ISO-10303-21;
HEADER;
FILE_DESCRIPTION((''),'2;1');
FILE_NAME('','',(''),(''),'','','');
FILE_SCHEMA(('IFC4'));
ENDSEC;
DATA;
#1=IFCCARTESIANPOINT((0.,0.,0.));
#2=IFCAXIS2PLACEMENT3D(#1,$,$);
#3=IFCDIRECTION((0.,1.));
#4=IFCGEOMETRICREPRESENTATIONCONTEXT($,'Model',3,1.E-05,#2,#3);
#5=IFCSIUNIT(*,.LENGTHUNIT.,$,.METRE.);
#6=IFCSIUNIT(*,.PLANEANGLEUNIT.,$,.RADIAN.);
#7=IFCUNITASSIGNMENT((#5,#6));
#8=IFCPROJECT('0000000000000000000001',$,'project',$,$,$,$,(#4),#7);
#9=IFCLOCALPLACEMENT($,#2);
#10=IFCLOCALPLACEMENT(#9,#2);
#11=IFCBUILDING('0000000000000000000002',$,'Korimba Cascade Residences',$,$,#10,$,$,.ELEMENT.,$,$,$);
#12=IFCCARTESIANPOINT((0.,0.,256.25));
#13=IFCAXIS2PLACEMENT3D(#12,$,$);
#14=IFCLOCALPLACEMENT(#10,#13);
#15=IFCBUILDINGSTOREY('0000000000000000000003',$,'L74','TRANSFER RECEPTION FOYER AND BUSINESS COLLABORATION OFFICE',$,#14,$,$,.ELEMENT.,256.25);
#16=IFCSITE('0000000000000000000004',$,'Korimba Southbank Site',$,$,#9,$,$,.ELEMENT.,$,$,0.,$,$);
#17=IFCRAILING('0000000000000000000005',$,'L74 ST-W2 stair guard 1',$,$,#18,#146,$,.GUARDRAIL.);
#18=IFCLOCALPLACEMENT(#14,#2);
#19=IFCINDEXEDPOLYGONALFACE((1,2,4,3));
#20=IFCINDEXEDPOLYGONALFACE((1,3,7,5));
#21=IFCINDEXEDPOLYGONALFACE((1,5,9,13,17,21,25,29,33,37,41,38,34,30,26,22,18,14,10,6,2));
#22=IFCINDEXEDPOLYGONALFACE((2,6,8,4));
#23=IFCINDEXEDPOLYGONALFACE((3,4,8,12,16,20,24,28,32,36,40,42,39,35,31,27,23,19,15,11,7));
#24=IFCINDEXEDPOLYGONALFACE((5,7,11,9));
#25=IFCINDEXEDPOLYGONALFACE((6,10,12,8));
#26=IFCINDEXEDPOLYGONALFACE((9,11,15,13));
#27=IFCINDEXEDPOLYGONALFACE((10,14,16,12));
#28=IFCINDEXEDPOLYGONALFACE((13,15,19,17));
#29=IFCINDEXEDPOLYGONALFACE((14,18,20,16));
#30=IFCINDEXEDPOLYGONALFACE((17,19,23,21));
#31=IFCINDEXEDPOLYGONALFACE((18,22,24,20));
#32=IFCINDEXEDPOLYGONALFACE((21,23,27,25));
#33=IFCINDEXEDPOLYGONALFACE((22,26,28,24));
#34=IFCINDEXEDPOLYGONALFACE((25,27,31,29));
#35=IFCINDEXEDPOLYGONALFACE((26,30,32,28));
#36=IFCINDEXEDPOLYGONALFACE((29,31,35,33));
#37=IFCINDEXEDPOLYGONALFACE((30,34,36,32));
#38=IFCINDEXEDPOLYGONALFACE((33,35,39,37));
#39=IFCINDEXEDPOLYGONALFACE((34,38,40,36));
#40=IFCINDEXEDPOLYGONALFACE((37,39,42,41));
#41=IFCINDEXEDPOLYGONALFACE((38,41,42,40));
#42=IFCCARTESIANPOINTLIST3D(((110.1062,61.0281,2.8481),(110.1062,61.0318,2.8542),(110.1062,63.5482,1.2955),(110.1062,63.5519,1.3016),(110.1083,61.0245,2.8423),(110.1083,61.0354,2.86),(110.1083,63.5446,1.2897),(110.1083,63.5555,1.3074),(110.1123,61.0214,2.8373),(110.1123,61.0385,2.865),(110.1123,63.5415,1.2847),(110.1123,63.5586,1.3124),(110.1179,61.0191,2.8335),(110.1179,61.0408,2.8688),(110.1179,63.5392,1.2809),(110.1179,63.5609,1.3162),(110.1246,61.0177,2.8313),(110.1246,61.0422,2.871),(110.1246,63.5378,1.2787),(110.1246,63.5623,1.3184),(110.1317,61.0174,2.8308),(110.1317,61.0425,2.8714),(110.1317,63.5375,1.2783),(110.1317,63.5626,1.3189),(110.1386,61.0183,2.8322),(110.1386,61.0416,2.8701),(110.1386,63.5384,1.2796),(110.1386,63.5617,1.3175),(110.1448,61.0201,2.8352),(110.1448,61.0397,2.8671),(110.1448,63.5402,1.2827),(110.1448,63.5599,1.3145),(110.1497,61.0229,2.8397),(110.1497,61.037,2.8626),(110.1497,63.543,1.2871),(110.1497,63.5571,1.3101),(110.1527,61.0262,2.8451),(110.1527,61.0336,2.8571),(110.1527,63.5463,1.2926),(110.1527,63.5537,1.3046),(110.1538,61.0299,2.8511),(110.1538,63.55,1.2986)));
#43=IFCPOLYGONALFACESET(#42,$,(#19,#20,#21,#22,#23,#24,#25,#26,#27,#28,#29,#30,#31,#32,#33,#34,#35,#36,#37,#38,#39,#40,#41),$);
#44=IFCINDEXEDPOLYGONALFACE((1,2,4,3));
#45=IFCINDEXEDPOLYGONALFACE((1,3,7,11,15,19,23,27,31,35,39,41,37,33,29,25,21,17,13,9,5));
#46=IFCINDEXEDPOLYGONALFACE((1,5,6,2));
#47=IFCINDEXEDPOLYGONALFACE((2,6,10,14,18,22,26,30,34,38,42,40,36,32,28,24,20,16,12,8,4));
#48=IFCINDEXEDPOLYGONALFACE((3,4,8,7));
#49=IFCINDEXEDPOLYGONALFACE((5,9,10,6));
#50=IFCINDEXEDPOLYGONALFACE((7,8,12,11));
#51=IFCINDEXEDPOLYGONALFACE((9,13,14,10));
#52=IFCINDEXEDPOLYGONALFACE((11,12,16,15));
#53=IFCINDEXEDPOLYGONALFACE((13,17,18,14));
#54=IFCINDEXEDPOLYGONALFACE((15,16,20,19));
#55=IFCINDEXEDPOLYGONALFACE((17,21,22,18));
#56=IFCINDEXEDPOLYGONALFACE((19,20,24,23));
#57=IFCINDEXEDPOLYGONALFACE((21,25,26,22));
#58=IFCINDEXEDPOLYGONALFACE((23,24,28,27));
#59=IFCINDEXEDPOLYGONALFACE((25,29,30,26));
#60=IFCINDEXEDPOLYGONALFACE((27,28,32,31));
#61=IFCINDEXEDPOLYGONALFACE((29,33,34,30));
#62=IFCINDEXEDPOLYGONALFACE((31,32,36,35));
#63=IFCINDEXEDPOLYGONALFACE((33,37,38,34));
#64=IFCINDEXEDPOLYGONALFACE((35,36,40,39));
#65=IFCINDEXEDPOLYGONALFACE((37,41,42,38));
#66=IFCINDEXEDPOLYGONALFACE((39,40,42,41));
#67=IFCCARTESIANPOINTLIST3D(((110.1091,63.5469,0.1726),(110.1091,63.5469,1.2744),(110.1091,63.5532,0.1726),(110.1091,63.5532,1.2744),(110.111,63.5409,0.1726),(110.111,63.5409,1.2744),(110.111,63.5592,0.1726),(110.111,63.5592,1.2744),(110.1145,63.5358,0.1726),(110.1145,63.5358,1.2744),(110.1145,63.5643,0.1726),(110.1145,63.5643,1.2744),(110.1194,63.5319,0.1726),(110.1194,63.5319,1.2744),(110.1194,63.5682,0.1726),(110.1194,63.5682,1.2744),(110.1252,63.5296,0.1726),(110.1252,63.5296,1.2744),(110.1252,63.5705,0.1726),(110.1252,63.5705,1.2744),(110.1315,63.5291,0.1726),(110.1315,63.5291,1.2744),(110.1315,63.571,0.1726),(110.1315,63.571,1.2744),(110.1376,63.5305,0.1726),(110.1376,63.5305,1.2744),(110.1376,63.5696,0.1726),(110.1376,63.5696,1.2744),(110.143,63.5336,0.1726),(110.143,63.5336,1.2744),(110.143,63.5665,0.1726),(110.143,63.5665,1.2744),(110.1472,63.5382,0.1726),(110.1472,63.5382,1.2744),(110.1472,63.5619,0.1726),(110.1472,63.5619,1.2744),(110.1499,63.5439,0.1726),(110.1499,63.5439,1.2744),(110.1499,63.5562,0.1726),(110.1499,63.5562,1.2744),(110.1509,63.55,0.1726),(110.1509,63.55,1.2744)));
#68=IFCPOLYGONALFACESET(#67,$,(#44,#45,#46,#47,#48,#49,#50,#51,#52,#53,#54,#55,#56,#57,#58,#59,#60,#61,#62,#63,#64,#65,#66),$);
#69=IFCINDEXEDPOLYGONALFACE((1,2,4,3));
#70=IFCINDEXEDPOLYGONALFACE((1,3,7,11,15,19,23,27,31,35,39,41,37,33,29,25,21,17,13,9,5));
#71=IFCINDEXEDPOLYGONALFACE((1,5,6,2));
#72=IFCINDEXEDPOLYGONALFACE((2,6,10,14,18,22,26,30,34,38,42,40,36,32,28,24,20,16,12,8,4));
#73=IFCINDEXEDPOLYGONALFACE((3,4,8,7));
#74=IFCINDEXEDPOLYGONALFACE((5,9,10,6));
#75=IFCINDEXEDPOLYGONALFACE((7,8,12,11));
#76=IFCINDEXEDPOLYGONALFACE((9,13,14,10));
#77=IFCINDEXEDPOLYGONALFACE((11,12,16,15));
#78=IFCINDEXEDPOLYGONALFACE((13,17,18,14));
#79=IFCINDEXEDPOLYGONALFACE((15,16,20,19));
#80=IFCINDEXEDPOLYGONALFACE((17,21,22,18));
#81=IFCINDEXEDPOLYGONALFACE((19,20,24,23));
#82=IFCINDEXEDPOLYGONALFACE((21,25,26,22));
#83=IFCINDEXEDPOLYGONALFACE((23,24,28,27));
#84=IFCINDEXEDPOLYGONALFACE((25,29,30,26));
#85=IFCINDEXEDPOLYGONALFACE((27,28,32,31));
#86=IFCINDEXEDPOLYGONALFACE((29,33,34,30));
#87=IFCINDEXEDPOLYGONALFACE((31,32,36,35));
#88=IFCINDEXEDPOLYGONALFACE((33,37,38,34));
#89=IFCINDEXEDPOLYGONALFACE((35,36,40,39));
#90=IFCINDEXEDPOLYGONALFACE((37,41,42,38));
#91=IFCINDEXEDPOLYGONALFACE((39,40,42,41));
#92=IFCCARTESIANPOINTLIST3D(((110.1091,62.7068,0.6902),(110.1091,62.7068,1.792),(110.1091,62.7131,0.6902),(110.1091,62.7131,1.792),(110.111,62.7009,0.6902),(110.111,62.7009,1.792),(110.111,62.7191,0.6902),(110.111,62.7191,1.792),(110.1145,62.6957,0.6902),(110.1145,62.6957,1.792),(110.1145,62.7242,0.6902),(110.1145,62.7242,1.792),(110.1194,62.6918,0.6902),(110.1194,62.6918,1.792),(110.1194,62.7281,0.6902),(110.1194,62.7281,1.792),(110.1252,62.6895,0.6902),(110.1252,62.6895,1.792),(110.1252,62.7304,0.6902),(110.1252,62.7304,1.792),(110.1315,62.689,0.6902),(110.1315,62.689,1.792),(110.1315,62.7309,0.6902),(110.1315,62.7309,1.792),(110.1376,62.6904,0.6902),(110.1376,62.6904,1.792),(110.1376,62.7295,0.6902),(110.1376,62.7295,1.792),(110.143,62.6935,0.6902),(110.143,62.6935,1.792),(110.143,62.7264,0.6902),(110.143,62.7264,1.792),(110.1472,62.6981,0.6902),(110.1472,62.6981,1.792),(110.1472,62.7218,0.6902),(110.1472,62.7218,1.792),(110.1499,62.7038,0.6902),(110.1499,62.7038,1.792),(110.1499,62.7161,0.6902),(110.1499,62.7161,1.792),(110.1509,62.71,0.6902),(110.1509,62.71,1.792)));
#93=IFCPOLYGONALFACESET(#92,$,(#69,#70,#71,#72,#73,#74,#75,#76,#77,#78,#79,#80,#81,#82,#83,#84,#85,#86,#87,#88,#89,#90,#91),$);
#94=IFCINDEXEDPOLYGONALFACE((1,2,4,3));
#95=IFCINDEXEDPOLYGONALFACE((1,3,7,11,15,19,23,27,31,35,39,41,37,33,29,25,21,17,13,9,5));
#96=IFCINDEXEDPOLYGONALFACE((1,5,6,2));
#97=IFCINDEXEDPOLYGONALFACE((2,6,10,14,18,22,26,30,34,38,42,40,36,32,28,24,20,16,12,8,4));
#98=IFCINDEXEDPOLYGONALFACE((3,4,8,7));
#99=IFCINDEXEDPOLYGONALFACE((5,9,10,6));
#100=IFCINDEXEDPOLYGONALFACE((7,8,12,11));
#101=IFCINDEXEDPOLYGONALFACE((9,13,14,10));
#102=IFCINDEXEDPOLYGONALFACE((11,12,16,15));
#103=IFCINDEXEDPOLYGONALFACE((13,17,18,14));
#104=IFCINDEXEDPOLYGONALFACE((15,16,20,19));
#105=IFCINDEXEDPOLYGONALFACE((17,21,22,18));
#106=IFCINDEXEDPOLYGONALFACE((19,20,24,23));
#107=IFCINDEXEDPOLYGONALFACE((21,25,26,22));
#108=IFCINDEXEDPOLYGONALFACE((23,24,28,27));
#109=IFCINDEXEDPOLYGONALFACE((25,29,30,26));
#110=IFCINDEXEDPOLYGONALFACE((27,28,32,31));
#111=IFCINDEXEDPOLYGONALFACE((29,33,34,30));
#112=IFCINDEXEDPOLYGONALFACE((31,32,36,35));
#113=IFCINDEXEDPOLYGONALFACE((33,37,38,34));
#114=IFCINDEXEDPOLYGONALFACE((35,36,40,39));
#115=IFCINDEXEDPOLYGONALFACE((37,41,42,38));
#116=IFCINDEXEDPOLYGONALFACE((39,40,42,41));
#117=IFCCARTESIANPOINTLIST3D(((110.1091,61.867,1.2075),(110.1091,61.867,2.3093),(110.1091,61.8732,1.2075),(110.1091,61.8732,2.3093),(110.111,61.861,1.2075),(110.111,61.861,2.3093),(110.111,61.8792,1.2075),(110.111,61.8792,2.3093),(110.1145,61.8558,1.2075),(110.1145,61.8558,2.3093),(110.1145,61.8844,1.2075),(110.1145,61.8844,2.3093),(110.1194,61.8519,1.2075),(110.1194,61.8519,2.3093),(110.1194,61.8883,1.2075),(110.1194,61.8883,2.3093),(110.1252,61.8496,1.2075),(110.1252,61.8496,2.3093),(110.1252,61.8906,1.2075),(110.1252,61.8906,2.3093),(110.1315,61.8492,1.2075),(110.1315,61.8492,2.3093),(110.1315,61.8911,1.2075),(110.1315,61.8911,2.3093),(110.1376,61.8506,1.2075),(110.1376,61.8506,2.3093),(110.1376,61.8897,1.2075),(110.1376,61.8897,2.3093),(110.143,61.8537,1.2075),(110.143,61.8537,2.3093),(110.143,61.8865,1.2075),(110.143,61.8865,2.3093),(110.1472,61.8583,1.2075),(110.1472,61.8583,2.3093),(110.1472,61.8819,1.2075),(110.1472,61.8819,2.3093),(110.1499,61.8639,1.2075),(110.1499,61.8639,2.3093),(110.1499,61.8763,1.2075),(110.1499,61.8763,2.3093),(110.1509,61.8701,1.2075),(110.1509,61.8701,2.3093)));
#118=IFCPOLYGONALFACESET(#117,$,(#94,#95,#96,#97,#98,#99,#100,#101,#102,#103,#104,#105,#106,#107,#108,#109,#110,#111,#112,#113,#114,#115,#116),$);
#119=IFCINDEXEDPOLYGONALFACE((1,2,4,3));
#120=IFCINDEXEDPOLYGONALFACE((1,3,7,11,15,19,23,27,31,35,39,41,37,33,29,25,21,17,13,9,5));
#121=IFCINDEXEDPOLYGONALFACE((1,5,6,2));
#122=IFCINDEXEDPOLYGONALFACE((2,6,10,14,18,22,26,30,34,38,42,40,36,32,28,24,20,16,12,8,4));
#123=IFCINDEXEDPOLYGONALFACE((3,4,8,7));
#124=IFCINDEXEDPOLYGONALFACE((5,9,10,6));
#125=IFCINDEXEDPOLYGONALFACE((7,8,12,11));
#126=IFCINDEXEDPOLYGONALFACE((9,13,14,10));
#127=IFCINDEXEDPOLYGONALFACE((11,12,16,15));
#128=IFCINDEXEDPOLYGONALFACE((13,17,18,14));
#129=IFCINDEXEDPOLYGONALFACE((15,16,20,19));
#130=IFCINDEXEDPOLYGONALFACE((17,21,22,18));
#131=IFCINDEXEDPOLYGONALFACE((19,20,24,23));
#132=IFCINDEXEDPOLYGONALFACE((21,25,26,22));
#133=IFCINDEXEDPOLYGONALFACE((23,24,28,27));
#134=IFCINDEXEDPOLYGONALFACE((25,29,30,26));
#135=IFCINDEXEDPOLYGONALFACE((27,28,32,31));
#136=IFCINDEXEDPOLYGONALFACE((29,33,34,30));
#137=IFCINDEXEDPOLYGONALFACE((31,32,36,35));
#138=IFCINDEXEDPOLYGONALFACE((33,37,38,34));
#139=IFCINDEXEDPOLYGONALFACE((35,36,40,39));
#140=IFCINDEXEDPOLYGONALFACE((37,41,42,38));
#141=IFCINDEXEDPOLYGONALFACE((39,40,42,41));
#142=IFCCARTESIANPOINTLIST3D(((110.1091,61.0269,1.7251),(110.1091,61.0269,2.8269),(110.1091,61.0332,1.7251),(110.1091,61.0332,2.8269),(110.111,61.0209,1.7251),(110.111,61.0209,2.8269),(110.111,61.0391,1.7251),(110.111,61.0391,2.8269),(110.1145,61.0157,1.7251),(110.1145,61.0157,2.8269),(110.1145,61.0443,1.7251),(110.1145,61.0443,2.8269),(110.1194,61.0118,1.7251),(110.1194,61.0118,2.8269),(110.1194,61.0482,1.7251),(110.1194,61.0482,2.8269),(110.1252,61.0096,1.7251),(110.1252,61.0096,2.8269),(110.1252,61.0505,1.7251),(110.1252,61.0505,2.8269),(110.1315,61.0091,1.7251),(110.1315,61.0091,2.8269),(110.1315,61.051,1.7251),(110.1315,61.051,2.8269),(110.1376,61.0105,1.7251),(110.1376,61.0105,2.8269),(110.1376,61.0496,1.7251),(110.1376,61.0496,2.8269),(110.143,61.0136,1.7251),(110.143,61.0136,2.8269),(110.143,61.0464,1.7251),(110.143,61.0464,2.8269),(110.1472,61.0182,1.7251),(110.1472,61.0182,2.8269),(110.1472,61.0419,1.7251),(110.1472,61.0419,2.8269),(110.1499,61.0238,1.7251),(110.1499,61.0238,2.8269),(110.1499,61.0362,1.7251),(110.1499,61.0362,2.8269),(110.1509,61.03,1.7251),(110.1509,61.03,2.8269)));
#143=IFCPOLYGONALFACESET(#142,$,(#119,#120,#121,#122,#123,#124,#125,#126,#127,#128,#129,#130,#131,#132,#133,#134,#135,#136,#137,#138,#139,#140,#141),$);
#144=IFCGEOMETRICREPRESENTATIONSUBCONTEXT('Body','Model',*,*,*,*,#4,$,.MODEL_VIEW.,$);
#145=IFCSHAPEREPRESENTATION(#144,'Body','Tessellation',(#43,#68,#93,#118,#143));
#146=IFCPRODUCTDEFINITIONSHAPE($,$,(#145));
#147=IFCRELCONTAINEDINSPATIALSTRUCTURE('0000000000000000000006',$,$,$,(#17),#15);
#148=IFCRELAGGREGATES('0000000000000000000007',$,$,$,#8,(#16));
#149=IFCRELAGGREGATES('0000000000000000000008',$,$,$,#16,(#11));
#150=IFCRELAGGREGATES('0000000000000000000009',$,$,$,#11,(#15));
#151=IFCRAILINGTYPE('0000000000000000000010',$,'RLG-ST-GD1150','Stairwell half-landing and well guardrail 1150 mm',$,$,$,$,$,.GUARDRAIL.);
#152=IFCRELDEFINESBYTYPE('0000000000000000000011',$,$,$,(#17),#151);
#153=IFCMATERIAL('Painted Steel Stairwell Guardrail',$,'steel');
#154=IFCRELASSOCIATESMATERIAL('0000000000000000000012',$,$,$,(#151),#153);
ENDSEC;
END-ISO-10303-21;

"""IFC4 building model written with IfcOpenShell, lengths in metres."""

from ifc_helpers import new_model, si_unit, direction, frame, origin, origin_2d, place, context, subcontext, project, spatial, circle, extrude, material, type_object, element, save


model = new_model("IFC4")

# Units and contexts
model_context = context("Model", 3, precision=1e-05, world=origin(), true_north=direction((0.0, 1.0)))
body_context = subcontext(model_context, "Body", "Model", "MODEL_VIEW")
ifc_project = project(units=[si_unit("LENGTHUNIT", "METRE"), si_unit("PLANEANGLEUNIT", "RADIAN")], contexts=[model_context])

# Site, building, storey
site_placement = place(None, origin())
site = spatial("IfcSite", under=ifc_project, at=site_placement, Name="Korimba Southbank Site", CompositionType="ELEMENT", RefElevation=0.0)
building_placement = place(site_placement, origin())
building = spatial("IfcBuilding", under=site, at=building_placement, Name="Korimba Cascade Residences", CompositionType="ELEMENT")
storey_placement = place(building_placement, frame((0.0, 0.0, 256.25)))
storey = spatial("IfcBuildingStorey", under=building, at=storey_placement, Name="L74", Description="TRANSFER RECEPTION FOYER AND BUSINESS COLLABORATION OFFICE", CompositionType="ELEMENT", Elevation=256.25)

# Railing
ifc_material_1 = material(Name="Painted Steel Stairwell Guardrail", Category="steel")
railing_type_1 = type_object("IfcRailingType", Name="RLG-ST-GD1150", Description="Stairwell half-landing and well guardrail 1150 mm", PredefinedType="GUARDRAIL", material=ifc_material_1)
railing_1_placement = place(storey_placement, frame((110.1299, 63.55, 0.1726)))
element("IfcRailing", 1, at=railing_1_placement, inside=storey, type_object=railing_type_1, Name="L74 ST-W2 stair guard 1", PredefinedType="GUARDRAIL", context=body_context, shape_type="SweptSolid", body=[
    extrude(circle(Radius=0.0239, at=origin_2d()), frame((0.0, 0.0, 1.126), z_axis=(0.0, -0.8514, 0.524516), x_axis=(1.0, 0.0, 0.0)), (0.0, 0.0, 1.0), 2.96),
    extrude(circle(Radius=0.021, at=origin_2d()), origin(), (0.0, 0.0, 1.0), 1.1018),
    extrude(circle(Radius=0.021, at=origin_2d()), frame((0.0, -0.8401, 0.5176)), (0.0, 0.0, 1.0), 1.1018),
    extrude(circle(Radius=0.021, at=origin_2d()), frame((0.0, -1.6799, 1.0349)), (0.0, 0.0, 1.0), 1.1018),
    extrude(circle(Radius=0.021, at=origin_2d()), frame((0.0, -2.52, 1.5525)), (0.0, 0.0, 1.0), 1.1018),
])

save(model, "model.ifc")
